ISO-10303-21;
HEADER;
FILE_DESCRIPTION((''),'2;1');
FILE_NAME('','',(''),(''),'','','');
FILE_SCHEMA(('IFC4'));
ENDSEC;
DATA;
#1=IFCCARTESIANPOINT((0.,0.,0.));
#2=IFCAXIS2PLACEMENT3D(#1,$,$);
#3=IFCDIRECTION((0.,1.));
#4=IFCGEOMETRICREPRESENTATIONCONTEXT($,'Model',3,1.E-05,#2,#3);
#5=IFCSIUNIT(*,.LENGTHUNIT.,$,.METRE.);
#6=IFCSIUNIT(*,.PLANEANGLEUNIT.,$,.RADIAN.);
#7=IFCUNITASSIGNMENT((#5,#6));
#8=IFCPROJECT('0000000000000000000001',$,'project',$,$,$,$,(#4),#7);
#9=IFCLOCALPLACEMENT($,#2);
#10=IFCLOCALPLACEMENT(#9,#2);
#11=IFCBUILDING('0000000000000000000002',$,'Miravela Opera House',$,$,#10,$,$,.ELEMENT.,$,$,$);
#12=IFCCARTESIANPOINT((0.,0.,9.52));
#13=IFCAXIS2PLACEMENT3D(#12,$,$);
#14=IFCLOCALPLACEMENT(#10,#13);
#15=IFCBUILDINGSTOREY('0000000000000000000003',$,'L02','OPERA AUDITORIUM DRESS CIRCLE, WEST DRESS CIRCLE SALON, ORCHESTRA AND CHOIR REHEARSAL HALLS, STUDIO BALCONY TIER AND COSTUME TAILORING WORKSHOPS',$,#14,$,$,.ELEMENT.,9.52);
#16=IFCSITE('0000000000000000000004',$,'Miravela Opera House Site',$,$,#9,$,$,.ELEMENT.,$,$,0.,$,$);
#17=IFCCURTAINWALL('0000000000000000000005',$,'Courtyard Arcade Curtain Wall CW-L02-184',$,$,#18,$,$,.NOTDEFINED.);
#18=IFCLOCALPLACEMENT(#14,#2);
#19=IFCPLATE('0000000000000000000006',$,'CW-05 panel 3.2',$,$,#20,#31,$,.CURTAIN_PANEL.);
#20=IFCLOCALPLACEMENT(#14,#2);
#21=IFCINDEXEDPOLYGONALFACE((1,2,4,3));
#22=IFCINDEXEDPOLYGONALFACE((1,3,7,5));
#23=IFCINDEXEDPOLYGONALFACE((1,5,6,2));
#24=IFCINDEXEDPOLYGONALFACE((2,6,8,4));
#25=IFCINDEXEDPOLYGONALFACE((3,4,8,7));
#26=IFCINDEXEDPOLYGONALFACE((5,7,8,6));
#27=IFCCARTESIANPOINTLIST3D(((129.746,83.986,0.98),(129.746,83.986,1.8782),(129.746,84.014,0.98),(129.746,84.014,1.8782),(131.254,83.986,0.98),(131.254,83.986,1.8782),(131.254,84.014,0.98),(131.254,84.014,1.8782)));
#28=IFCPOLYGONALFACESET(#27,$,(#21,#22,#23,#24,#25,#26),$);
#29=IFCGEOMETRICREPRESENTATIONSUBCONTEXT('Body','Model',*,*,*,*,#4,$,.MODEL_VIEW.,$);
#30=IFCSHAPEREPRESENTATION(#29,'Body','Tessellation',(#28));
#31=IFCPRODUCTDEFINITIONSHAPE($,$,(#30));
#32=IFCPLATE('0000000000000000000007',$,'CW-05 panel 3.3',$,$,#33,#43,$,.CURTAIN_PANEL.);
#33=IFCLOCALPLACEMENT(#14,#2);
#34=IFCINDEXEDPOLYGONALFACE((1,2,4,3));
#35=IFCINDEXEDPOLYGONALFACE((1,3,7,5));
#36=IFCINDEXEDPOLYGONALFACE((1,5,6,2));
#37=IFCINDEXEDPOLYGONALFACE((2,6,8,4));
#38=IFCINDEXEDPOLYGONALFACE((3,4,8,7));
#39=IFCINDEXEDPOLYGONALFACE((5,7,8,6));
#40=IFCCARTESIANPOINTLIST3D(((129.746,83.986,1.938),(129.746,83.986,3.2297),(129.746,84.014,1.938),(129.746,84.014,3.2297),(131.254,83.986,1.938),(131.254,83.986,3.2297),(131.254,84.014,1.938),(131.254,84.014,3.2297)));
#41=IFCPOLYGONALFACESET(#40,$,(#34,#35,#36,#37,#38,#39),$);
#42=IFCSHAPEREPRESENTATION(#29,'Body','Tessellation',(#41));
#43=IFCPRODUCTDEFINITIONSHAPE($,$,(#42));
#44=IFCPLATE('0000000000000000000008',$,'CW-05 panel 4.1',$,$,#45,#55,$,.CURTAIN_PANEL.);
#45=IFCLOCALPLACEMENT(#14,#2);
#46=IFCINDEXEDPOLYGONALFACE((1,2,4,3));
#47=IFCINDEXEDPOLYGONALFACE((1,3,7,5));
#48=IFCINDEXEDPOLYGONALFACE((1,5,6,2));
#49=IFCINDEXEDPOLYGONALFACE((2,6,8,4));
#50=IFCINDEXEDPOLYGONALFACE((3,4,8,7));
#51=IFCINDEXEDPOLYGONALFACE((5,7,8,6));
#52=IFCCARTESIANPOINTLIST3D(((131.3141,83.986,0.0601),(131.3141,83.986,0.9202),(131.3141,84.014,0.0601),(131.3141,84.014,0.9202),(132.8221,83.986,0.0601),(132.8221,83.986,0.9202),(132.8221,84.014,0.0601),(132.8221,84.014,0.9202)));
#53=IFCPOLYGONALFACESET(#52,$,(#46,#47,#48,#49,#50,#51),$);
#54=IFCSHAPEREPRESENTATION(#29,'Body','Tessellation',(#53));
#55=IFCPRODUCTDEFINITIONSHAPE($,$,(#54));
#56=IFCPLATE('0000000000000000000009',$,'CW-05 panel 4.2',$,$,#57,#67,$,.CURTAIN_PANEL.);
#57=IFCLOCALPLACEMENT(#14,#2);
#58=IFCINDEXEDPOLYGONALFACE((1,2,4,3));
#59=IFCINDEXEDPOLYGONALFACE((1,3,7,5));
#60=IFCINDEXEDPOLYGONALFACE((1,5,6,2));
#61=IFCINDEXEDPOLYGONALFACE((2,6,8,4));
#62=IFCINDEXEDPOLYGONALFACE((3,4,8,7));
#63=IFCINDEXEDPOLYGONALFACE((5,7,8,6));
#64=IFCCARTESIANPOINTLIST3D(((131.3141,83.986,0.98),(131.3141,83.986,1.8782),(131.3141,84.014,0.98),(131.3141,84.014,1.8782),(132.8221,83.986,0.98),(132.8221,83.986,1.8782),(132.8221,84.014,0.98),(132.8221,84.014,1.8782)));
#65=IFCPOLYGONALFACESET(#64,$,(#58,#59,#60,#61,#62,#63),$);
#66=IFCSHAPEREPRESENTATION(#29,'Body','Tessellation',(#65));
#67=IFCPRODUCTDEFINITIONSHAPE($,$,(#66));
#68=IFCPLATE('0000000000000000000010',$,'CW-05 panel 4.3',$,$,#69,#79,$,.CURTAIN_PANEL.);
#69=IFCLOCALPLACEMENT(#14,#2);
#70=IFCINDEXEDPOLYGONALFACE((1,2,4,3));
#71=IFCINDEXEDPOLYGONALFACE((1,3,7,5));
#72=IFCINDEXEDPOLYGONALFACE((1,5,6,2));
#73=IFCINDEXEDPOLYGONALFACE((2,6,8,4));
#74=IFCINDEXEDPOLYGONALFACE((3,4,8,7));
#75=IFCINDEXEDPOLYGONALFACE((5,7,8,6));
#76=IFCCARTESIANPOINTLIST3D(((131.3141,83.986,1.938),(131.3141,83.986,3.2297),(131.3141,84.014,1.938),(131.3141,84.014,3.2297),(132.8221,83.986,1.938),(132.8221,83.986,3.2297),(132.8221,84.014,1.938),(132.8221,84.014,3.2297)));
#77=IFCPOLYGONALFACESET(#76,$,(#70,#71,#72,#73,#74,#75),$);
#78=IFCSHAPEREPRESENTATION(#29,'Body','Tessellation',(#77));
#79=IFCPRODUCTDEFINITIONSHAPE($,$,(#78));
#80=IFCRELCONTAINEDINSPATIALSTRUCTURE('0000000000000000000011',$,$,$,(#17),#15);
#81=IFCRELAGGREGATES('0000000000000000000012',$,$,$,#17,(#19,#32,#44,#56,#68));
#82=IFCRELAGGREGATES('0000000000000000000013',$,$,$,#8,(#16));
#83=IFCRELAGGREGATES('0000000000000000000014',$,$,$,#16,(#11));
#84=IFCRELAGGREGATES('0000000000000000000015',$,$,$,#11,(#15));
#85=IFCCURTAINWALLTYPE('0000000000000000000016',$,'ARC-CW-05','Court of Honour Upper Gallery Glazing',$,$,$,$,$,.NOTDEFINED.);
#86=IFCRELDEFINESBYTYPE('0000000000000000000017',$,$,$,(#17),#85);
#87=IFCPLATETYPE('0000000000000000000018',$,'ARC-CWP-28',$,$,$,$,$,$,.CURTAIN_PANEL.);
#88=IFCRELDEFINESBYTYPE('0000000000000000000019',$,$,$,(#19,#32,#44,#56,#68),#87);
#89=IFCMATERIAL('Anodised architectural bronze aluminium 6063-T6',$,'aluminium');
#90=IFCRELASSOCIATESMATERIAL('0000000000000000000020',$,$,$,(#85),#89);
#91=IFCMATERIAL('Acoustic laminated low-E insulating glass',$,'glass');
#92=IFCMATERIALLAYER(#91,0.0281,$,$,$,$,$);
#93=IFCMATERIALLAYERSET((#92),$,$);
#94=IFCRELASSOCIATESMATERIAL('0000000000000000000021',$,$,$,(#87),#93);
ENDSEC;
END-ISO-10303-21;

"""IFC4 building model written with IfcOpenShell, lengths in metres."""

from ifc_helpers import new_model, si_unit, direction, frame, origin, origin_2d, place, context, subcontext, project, spatial, rectangle, extrude, material, layer, layer_set, type_object, element, aggregate, save


model = new_model("IFC4")

# Units and contexts
model_context = context("Model", 3, precision=1e-05, world=origin(), true_north=direction((0.0, 1.0)))
body_context = subcontext(model_context, "Body", "Model", "MODEL_VIEW")
ifc_project = project(units=[si_unit("LENGTHUNIT", "METRE"), si_unit("PLANEANGLEUNIT", "RADIAN")], contexts=[model_context])

# Site, building, storey
site_placement = place(None, origin())
site = spatial("IfcSite", under=ifc_project, at=site_placement, Name="Miravela Opera House Site", CompositionType="ELEMENT", RefElevation=0.0)
building_placement = place(site_placement, origin())
building = spatial("IfcBuilding", under=site, at=building_placement, Name="Miravela Opera House", CompositionType="ELEMENT")
storey_placement = place(building_placement, frame((0.0, 0.0, 9.52)))
storey = spatial("IfcBuildingStorey", under=building, at=storey_placement, Name="L02", Description="OPERA AUDITORIUM DRESS CIRCLE, WEST DRESS CIRCLE SALON, ORCHESTRA AND CHOIR REHEARSAL HALLS, STUDIO BALCONY TIER AND COSTUME TAILORING WORKSHOPS", CompositionType="ELEMENT", Elevation=9.52)

# Curtain wall, plates
ifc_material_1 = material(Name="Anodised architectural bronze aluminium 6063-T6", Category="aluminium")
curtain_wall_type = type_object("IfcCurtainWallType", Name="ARC-CW-05", Description="Court of Honour Upper Gallery Glazing", PredefinedType="NOTDEFINED", material=ifc_material_1)
curtain_wall_placement = place(storey_placement, origin())
curtain_wall = element("IfcCurtainWall", 1, at=curtain_wall_placement, inside=storey, type_object=curtain_wall_type, Name="Courtyard Arcade Curtain Wall CW-L02-184", PredefinedType="NOTDEFINED")
ifc_material_2 = material(Name="Acoustic laminated low-E insulating glass", Category="glass")
ifc_layer = layer(ifc_material_2, 0.0281)
ifc_layer_set = layer_set([ifc_layer])
plate_type = type_object("IfcPlateType", Name="ARC-CWP-28", PredefinedType="CURTAIN_PANEL", material=ifc_layer_set)
plate_1_placement = place(storey_placement, frame((130.5, 84.0, 0.98), z_axis=(0.0, 0.0, 1.0), x_axis=(1.0, 0.0, 0.0)))
plate_1 = element("IfcPlate", 2, at=plate_1_placement, type_object=plate_type, Name="CW-05 panel 3.2", PredefinedType="CURTAIN_PANEL", context=body_context, shape_type="SweptSolid", body=[
    extrude(rectangle(XDim=1.5081, YDim=0.0281, at=origin_2d()), origin(), (0.0, 0.0, 1.0), 0.8982),
])
plate_2_placement = place(storey_placement, frame((130.5, 84.0, 1.938), z_axis=(0.0, 0.0, 1.0), x_axis=(1.0, 0.0, 0.0)))
plate_2 = element("IfcPlate", 3, at=plate_2_placement, type_object=plate_type, Name="CW-05 panel 3.3", PredefinedType="CURTAIN_PANEL", context=body_context, shape_type="SweptSolid", body=[
    extrude(rectangle(XDim=1.5081, YDim=0.0281, at=origin_2d()), origin(), (0.0, 0.0, 1.0), 1.2917),
])
plate_3_placement = place(storey_placement, frame((132.0681, 84.0, 0.0601), z_axis=(0.0, 0.0, 1.0), x_axis=(1.0, 0.0, 0.0)))
plate_3 = element("IfcPlate", 4, at=plate_3_placement, type_object=plate_type, Name="CW-05 panel 4.1", PredefinedType="CURTAIN_PANEL", context=body_context, shape_type="SweptSolid", body=[
    extrude(rectangle(XDim=1.5081, YDim=0.0281, at=origin_2d()), origin(), (0.0, 0.0, 1.0), 0.8601),
])
plate_4_placement = place(storey_placement, frame((132.0681, 84.0, 0.98), z_axis=(0.0, 0.0, 1.0), x_axis=(1.0, 0.0, 0.0)))
plate_4 = element("IfcPlate", 5, at=plate_4_placement, type_object=plate_type, Name="CW-05 panel 4.2", PredefinedType="CURTAIN_PANEL", context=body_context, shape_type="SweptSolid", body=[
    extrude(rectangle(XDim=1.5081, YDim=0.0281, at=origin_2d()), origin(), (0.0, 0.0, 1.0), 0.8982),
])
plate_5_placement = place(storey_placement, frame((132.0681, 84.0, 1.938), z_axis=(0.0, 0.0, 1.0), x_axis=(1.0, 0.0, 0.0)))
plate_5 = element("IfcPlate", 6, at=plate_5_placement, type_object=plate_type, Name="CW-05 panel 4.3", PredefinedType="CURTAIN_PANEL", context=body_context, shape_type="SweptSolid", body=[
    extrude(rectangle(XDim=1.5081, YDim=0.0281, at=origin_2d()), origin(), (0.0, 0.0, 1.0), 1.2917),
])
aggregate(curtain_wall, [plate_1, plate_2, plate_3, plate_4, plate_5])

save(model, "model.ifc")
